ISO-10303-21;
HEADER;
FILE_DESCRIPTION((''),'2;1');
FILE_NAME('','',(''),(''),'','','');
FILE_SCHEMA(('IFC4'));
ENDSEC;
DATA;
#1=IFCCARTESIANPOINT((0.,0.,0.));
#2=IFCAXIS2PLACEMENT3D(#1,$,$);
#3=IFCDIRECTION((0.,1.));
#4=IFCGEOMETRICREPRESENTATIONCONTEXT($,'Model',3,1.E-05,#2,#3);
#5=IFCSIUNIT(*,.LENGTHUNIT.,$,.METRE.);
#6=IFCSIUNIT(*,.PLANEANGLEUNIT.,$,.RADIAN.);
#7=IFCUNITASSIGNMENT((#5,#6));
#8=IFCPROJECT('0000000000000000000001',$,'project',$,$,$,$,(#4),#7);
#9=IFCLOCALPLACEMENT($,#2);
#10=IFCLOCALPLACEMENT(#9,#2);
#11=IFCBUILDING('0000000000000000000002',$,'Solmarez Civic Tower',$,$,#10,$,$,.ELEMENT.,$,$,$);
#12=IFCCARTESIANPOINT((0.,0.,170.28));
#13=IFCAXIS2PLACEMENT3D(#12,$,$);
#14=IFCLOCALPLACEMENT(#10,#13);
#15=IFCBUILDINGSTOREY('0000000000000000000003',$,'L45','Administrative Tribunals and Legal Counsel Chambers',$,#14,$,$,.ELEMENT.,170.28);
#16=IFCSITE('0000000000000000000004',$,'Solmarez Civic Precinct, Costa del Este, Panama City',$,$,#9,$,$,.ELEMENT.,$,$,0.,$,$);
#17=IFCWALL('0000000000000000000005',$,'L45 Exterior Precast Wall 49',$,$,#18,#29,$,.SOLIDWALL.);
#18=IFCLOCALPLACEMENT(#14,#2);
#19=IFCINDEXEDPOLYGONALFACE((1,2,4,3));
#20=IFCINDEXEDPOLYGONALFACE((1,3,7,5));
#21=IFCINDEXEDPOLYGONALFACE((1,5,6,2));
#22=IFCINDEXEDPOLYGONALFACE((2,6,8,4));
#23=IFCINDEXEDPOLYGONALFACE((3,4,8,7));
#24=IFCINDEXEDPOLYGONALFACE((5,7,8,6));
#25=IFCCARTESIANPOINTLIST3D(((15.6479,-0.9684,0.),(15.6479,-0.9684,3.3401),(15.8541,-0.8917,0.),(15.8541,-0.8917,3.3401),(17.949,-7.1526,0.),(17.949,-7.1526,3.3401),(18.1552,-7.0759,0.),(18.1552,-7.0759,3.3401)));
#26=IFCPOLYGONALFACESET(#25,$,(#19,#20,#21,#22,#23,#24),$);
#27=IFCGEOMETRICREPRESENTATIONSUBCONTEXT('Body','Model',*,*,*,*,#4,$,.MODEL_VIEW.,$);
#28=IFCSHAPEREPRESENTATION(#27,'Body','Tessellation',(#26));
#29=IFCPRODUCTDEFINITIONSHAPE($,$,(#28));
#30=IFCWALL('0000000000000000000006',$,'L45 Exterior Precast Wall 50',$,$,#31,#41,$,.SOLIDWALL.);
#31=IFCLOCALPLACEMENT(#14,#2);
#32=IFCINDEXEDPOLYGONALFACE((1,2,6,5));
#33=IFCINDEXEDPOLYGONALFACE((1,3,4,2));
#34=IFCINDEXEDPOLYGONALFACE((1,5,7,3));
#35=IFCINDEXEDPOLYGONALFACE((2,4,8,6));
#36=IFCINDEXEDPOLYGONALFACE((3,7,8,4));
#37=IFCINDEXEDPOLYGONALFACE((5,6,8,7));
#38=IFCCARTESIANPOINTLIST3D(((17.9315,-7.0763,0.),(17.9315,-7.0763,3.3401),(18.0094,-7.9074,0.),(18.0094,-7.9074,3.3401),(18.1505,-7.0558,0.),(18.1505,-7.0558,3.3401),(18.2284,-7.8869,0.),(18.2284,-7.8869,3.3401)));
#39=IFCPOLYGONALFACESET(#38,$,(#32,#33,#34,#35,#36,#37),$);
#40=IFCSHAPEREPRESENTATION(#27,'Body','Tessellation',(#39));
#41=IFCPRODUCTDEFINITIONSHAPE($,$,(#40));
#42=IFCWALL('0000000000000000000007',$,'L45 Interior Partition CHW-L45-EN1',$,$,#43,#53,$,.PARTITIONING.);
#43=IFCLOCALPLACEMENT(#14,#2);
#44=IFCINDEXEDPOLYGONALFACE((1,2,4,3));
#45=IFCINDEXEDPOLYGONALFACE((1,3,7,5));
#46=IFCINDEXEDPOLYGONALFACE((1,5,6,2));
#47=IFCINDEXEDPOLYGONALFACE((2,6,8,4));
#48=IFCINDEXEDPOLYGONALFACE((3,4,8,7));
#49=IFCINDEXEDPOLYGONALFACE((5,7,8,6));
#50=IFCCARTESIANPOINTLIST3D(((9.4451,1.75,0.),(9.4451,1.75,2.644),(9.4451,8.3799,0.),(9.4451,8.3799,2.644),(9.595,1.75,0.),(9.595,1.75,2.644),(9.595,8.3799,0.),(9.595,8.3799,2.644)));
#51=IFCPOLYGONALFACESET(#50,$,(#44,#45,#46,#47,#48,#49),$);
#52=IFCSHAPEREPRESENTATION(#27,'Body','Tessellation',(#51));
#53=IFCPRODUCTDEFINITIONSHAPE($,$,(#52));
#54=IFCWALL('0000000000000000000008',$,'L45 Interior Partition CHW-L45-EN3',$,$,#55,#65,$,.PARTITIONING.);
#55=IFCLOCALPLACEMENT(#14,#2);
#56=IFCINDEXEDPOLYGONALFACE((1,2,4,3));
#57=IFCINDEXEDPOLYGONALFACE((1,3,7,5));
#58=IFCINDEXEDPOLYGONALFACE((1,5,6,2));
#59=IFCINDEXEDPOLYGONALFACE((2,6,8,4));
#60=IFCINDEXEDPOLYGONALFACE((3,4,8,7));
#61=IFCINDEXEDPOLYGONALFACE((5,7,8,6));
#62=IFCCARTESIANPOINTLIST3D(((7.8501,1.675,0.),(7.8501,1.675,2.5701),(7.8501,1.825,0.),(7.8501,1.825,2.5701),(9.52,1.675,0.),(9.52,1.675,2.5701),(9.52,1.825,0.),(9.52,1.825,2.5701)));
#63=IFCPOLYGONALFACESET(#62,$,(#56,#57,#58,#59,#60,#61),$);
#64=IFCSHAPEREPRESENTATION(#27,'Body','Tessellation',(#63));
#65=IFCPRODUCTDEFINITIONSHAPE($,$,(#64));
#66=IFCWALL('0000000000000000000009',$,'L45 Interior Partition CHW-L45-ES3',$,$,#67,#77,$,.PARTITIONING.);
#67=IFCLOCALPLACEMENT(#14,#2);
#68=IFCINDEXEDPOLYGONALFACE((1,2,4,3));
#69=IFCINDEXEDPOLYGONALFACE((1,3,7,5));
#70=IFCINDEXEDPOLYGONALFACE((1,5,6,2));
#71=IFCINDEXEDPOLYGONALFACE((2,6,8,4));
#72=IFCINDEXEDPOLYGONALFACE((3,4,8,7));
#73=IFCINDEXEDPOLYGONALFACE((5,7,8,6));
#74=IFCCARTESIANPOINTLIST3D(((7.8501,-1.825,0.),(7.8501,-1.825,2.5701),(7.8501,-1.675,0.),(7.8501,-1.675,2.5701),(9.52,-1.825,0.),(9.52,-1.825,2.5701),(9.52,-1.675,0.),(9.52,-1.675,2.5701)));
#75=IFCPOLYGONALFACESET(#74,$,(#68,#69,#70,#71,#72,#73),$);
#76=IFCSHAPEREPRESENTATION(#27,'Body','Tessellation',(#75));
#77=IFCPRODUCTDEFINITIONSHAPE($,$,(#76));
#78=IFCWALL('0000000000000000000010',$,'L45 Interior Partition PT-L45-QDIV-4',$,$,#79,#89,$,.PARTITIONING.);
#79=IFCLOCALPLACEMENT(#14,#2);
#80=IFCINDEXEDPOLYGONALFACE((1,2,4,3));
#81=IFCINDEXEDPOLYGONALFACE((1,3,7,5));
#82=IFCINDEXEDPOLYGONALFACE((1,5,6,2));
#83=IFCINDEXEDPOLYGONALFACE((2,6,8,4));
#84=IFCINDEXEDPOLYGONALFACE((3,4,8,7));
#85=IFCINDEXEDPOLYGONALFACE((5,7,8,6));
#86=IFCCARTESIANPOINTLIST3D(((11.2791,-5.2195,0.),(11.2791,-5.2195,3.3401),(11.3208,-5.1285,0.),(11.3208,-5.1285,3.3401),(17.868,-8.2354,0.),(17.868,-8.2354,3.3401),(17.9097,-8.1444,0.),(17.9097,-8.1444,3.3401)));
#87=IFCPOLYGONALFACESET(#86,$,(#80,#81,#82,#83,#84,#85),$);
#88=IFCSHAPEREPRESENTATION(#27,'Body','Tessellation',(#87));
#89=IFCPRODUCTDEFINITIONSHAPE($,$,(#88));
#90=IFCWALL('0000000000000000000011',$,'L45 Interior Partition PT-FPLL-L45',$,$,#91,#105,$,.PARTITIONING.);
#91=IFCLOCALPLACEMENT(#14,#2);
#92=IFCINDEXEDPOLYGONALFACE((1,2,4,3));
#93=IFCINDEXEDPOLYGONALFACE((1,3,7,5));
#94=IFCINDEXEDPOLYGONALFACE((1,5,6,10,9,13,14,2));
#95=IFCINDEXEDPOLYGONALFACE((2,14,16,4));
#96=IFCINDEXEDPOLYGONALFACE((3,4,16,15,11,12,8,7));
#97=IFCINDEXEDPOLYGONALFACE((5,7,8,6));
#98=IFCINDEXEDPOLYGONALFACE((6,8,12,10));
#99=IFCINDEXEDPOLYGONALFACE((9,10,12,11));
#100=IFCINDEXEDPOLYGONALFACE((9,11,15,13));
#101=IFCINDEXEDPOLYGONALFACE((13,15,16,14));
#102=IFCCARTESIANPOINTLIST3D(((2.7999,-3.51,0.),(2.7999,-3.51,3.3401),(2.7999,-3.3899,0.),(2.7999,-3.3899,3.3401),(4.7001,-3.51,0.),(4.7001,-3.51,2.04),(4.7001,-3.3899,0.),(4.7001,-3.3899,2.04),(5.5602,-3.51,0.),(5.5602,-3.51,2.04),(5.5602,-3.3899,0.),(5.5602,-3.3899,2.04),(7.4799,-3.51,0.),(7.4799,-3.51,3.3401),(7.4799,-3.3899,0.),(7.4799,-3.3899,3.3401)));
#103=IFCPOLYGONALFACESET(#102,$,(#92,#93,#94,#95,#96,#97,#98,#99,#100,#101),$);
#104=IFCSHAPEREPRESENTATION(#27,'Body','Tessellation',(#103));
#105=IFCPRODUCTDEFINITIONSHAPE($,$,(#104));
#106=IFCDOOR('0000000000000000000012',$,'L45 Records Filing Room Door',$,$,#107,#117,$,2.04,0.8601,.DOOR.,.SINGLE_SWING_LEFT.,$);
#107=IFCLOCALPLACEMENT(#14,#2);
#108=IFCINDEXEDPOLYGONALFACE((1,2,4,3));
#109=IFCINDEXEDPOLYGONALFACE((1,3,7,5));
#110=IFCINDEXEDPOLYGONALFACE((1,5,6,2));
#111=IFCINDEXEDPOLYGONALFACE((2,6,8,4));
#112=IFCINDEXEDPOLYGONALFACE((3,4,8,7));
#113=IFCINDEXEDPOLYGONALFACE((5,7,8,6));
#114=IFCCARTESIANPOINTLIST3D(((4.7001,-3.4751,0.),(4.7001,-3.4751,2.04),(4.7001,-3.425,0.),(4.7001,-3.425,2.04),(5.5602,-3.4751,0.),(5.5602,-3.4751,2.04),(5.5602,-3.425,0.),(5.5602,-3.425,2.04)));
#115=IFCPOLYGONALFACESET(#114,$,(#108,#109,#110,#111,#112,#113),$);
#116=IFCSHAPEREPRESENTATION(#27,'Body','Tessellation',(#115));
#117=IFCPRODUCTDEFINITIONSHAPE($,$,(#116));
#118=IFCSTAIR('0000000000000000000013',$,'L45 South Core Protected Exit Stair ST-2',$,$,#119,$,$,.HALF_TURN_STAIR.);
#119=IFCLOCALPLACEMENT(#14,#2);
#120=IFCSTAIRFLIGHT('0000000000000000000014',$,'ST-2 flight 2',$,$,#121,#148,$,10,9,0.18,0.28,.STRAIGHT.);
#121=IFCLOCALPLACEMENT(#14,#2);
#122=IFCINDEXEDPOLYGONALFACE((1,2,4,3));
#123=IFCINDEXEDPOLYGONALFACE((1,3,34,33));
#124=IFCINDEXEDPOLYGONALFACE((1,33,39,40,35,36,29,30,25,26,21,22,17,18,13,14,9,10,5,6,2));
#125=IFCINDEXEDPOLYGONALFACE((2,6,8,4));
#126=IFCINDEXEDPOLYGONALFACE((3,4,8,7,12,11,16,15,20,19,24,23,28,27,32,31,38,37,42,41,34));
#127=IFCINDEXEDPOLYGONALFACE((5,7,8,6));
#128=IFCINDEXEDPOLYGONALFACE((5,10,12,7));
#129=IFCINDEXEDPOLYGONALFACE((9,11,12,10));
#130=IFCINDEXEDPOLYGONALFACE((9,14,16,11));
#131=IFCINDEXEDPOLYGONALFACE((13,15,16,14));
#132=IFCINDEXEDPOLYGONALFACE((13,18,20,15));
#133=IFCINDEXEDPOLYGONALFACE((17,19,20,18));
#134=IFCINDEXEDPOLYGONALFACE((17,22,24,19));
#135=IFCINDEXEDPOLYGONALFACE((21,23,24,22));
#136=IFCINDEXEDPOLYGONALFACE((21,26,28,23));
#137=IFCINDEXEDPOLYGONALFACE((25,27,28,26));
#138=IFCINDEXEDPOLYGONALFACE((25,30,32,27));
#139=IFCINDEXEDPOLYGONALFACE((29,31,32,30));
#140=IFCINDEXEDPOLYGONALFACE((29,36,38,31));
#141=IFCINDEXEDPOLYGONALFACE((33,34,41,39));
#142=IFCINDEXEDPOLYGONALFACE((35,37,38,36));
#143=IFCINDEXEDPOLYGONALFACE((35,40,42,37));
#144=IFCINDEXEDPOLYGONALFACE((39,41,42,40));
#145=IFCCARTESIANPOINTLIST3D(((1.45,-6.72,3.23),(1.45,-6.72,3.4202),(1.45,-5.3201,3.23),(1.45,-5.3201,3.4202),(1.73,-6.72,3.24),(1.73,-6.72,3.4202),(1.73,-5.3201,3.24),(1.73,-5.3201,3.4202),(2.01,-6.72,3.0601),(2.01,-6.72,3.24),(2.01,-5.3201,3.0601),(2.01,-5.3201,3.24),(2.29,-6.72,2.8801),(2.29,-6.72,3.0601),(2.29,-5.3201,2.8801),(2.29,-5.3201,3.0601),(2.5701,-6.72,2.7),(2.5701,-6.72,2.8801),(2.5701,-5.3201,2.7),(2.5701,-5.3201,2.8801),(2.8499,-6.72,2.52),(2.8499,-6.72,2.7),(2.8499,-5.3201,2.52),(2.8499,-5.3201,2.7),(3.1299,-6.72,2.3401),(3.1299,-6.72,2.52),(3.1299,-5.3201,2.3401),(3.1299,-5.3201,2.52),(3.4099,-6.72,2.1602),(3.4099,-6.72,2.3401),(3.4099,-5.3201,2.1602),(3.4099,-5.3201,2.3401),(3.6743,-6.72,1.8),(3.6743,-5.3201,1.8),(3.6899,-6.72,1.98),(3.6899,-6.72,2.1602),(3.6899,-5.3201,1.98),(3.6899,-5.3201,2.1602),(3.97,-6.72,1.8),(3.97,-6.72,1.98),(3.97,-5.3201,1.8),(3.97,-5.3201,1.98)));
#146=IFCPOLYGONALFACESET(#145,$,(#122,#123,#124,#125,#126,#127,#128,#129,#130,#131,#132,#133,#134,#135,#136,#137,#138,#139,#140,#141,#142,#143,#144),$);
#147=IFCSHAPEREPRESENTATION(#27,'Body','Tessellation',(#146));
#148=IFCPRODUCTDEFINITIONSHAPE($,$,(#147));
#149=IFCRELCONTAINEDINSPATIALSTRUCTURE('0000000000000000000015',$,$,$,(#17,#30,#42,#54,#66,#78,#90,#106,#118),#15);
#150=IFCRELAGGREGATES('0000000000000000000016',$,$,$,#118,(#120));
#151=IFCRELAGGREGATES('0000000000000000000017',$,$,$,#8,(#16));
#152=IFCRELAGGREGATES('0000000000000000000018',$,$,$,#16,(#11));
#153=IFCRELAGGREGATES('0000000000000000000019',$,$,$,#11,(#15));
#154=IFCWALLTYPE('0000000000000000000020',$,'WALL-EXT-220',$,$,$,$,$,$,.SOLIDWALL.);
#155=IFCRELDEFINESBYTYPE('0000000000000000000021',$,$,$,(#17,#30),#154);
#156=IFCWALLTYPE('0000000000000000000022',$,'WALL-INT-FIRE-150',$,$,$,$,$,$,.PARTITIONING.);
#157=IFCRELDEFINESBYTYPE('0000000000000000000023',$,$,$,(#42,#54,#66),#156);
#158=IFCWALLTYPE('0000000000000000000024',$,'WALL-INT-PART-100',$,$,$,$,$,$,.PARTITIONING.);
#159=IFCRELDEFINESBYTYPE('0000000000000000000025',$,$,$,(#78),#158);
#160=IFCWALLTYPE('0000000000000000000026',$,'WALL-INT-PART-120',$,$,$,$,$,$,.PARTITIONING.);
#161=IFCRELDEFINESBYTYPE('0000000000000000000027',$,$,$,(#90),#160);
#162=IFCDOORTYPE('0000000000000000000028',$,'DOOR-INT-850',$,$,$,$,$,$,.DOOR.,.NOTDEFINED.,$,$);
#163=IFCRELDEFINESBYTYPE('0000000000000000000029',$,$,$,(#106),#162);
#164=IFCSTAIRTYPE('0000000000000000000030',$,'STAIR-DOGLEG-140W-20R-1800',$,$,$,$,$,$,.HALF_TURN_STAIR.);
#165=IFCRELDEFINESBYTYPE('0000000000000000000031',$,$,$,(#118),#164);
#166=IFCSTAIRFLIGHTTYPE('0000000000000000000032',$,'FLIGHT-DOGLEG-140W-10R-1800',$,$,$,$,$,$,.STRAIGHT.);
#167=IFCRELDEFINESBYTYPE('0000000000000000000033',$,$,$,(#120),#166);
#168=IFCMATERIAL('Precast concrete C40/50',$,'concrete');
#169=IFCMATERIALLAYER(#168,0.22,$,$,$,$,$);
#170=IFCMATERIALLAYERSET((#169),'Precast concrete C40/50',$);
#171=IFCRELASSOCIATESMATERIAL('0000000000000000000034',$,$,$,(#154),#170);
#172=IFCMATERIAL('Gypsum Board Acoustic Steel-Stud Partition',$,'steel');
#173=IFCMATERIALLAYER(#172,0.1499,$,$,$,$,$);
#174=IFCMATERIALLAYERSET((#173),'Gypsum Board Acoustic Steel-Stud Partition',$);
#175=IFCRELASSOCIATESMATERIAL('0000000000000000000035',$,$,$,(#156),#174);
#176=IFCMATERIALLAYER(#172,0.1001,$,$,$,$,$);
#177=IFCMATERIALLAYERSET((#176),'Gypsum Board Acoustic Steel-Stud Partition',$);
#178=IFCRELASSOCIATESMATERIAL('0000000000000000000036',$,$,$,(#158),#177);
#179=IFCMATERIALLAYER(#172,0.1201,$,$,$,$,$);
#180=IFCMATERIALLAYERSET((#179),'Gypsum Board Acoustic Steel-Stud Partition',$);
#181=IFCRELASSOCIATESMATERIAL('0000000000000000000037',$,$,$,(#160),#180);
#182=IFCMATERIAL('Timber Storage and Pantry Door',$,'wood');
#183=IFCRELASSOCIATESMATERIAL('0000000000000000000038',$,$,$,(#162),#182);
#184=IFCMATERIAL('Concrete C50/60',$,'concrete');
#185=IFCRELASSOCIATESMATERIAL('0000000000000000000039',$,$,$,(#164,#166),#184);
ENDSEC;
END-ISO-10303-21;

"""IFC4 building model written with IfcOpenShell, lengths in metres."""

from ifc_helpers import new_model, si_unit, direction, frame, frame_2d, origin, place, context, subcontext, project, spatial, polyline, rectangle, outline, extrude, material, layer, layer_set, type_object, element, fill, aggregate, save


model = new_model("IFC4")

# Units and contexts
model_context = context("Model", 3, precision=1e-05, world=origin(), true_north=direction((0.0, 1.0)))
body_context = subcontext(model_context, "Body", "Model", "MODEL_VIEW")
ifc_project = project(units=[si_unit("LENGTHUNIT", "METRE"), si_unit("PLANEANGLEUNIT", "RADIAN")], contexts=[model_context])

# Site, building, storey
site_placement = place(None, origin())
site = spatial("IfcSite", under=ifc_project, at=site_placement, Name="Solmarez Civic Precinct, Costa del Este, Panama City", CompositionType="ELEMENT", RefElevation=0.0)
building_placement = place(site_placement, origin())
building = spatial("IfcBuilding", under=site, at=building_placement, Name="Solmarez Civic Tower", CompositionType="ELEMENT")
storey_placement = place(building_placement, frame((0.0, 0.0, 170.28)))
storey = spatial("IfcBuildingStorey", under=building, at=storey_placement, Name="L45", Description="Administrative Tribunals and Legal Counsel Chambers", CompositionType="ELEMENT", Elevation=170.28)

# Shared definitions
ifc_material_1 = material(Name="Concrete C50/60", Category="concrete")

# Walls
ifc_material_2 = material(Name="Precast concrete C40/50", Category="concrete")
ifc_layer_1 = layer(ifc_material_2, 0.22)
ifc_layer_set_1 = layer_set([ifc_layer_1], Name="Precast concrete C40/50")
wall_type_1 = type_object("IfcWallType", Name="WALL-EXT-220", PredefinedType="SOLIDWALL", material=ifc_layer_set_1)
wall_1_placement = place(storey_placement, frame((15.751, -0.9299, 0.0), z_axis=(0.0, 0.0, 1.0), x_axis=(0.34873, -0.937223, 0.0)))
element("IfcWall", 1, at=wall_1_placement, inside=storey, type_object=wall_type_1, Name="L45 Exterior Precast Wall 49", PredefinedType="SOLIDWALL", context=body_context, shape_type="SweptSolid", body=[
    extrude(rectangle(XDim=6.5984, YDim=0.22, at=frame_2d((3.2993, 0.0))), origin(), (0.0, 0.0, 1.0), 3.3401),
])
wall_2_placement = place(storey_placement, frame((18.041, -7.0659, 0.0), z_axis=(0.0, 0.0, 1.0), x_axis=(0.093304, -0.995638, 0.0)))
element("IfcWall", 2, at=wall_2_placement, inside=storey, type_object=wall_type_1, Name="L45 Exterior Precast Wall 50", PredefinedType="SOLIDWALL", context=body_context, shape_type="SweptSolid", body=[
    extrude(rectangle(XDim=0.8347, YDim=0.22, at=frame_2d((0.4175, 0.0))), origin(), (0.0, 0.0, 1.0), 3.3401),
])
ifc_material_3 = material(Name="Gypsum Board Acoustic Steel-Stud Partition", Category="steel")
ifc_layer_2 = layer(ifc_material_3, 0.1499)
ifc_layer_set_2 = layer_set([ifc_layer_2], Name="Gypsum Board Acoustic Steel-Stud Partition")
wall_type_2 = type_object("IfcWallType", Name="WALL-INT-FIRE-150", PredefinedType="PARTITIONING", material=ifc_layer_set_2)
wall_3_placement = place(storey_placement, frame((9.52, 1.75, 0.0), z_axis=(0.0, 0.0, 1.0), x_axis=(0.0, 1.0, 0.0)))
element("IfcWall", 3, at=wall_3_placement, inside=storey, type_object=wall_type_2, Name="L45 Interior Partition CHW-L45-EN1", PredefinedType="PARTITIONING", context=body_context, shape_type="SweptSolid", body=[
    extrude(rectangle(XDim=6.6299, YDim=0.1499, at=frame_2d((3.3149, 0.0))), origin(), (0.0, 0.0, 1.0), 2.644),
])
for number, where, z_axis, x_axis, name in (
    (4, (7.8501, 1.75, 0.0), (0.0, 0.0, 1.0), (1.0, 0.0, 0.0), "L45 Interior Partition CHW-L45-EN3"),
    (5, (7.8501, -1.75, 0.0), (0.0, 0.0, 1.0), (1.0, 0.0, 0.0), "L45 Interior Partition CHW-L45-ES3"),
):
    element("IfcWall", number, at=place(storey_placement, frame(where, z_axis=z_axis, x_axis=x_axis)), inside=storey, type_object=wall_type_2, Name=name, PredefinedType="PARTITIONING", context=body_context, shape_type="SweptSolid", body=[
        extrude(rectangle(XDim=1.6699, YDim=0.1499, at=frame_2d((0.835, 0.0))), origin(), (0.0, 0.0, 1.0), 2.5701),
    ])
ifc_layer_3 = layer(ifc_material_3, 0.1001)
ifc_layer_set_3 = layer_set([ifc_layer_3], Name="Gypsum Board Acoustic Steel-Stud Partition")
wall_type_3 = type_object("IfcWallType", Name="WALL-INT-PART-100", PredefinedType="PARTITIONING", material=ifc_layer_set_3)
wall_4_placement = place(storey_placement, frame((11.3, -5.1741, 0.0), z_axis=(0.0, 0.0, 1.0), x_axis=(0.909275, -0.416195, 0.0)))
element("IfcWall", 6, at=wall_4_placement, inside=storey, type_object=wall_type_3, Name="L45 Interior Partition PT-L45-QDIV-4", PredefinedType="PARTITIONING", context=body_context, shape_type="SweptSolid", body=[
    extrude(rectangle(XDim=7.2463, YDim=0.1001, at=frame_2d((3.623, 0.0))), origin(), (0.0, 0.0, 1.0), 3.3401),
])

# Wall, opening, door
ifc_layer_4 = layer(ifc_material_3, 0.1201)
ifc_layer_set_4 = layer_set([ifc_layer_4], Name="Gypsum Board Acoustic Steel-Stud Partition")
wall_type_4 = type_object("IfcWallType", Name="WALL-INT-PART-120", PredefinedType="PARTITIONING", material=ifc_layer_set_4)
wall_5_placement = place(storey_placement, frame((2.8, -3.45, 0.0), z_axis=(0.0, 0.0, 1.0), x_axis=(1.0, 0.0, 0.0)))
wall_5 = element("IfcWall", 7, at=wall_5_placement, inside=storey, type_object=wall_type_4, Name="L45 Interior Partition PT-FPLL-L45", PredefinedType="PARTITIONING", context=body_context, shape_type="SweptSolid", body=[
    extrude(rectangle(XDim=4.6799, YDim=0.1201, at=frame_2d((2.3398, 0.0))), origin(), (0.0, 0.0, 1.0), 3.3401),
])
opening_1_placement = place(wall_5_placement, frame((1.8999, 0.0, 0.0)))
opening_1 = element("IfcOpeningElement", 8, at=opening_1_placement, cuts=wall_5, PredefinedType="OPENING", context=body_context, shape_type="SweptSolid", body=[
    extrude(rectangle(XDim=0.8601, YDim=2.04, at=frame_2d((0.4302, 1.02))), frame((0.0, 0.0701, 0.0), z_axis=(0.0, -1.0, 0.0), x_axis=(1.0, 0.0, 0.0)), (0.0, 0.0, 1.0), 0.1401),
])
ifc_material_4 = material(Name="Timber Storage and Pantry Door", Category="wood")
door_type_1 = type_object("IfcDoorType", Name="DOOR-INT-850", OperationType="NOTDEFINED", PredefinedType="DOOR", material=ifc_material_4)
door_1_placement = place(opening_1_placement, origin())
door_1 = element("IfcDoor", 9, at=door_1_placement, inside=storey, type_object=door_type_1, Name="L45 Records Filing Room Door", OperationType="SINGLE_SWING_LEFT", OverallHeight=2.04, OverallWidth=0.8601, PredefinedType="DOOR", context=body_context, shape_type="SweptSolid", body=[
    extrude(rectangle(XDim=0.8601, YDim=2.04, at=frame_2d((0.4302, 1.02))), frame((0.0, 0.0249, 0.0), z_axis=(0.0, -1.0, 0.0), x_axis=(1.0, 0.0, 0.0)), (0.0, 0.0, 1.0), 0.05),
])
fill(opening_1, door_1)

# Stair, stair flight
stair_type = type_object("IfcStairType", Name="STAIR-DOGLEG-140W-20R-1800", PredefinedType="HALF_TURN_STAIR", material=ifc_material_1)
stair_placement = place(storey_placement, origin())
stair = element("IfcStair", 10, at=stair_placement, inside=storey, type_object=stair_type, Name="L45 South Core Protected Exit Stair ST-2", PredefinedType="HALF_TURN_STAIR")
stair_flight_type = type_object("IfcStairFlightType", Name="FLIGHT-DOGLEG-140W-10R-1800", PredefinedType="STRAIGHT", material=ifc_material_1)
stair_flight_placement = place(storey_placement, frame((3.97, -6.02, 1.8), z_axis=(0.0, 0.0, 1.0), x_axis=(-1.0, 0.0, 0.0)))
stair_flight = element("IfcStairFlight", 11, at=stair_flight_placement, type_object=stair_flight_type, Name="ST-2 flight 2", NumberOfRisers=10, NumberOfTreads=9, PredefinedType="STRAIGHT", RiserHeight=0.18, TreadLength=0.28, context=body_context, shape_type="SweptSolid", body=[
    extrude(outline(polyline([(0.0, 0.0), (0.0, 0.1799), (0.28, 0.1799), (0.28, 0.3601), (0.5601, 0.3601), (0.5601, 0.54), (0.8401, 0.54), (0.8401, 0.72), (1.1201, 0.72), (1.1201, 0.8999), (1.3999, 0.8999), (1.3999, 1.0801), (1.6799, 1.0801), (1.6799, 1.26), (1.96, 1.26), (1.96, 1.4399), (2.24, 1.4399), (2.24, 1.6201), (2.52, 1.6201), (2.52, 1.8), (2.52, 1.4299), (0.2957, 0.0), (0.0, 0.0)])), frame((0.0, 0.7, 0.0), z_axis=(0.0, -1.0, 0.0), x_axis=(1.0, 0.0, 0.0)), (0.0, 0.0, 1.0), 1.3999),
])
aggregate(stair, [stair_flight])

save(model, "model.ifc")
